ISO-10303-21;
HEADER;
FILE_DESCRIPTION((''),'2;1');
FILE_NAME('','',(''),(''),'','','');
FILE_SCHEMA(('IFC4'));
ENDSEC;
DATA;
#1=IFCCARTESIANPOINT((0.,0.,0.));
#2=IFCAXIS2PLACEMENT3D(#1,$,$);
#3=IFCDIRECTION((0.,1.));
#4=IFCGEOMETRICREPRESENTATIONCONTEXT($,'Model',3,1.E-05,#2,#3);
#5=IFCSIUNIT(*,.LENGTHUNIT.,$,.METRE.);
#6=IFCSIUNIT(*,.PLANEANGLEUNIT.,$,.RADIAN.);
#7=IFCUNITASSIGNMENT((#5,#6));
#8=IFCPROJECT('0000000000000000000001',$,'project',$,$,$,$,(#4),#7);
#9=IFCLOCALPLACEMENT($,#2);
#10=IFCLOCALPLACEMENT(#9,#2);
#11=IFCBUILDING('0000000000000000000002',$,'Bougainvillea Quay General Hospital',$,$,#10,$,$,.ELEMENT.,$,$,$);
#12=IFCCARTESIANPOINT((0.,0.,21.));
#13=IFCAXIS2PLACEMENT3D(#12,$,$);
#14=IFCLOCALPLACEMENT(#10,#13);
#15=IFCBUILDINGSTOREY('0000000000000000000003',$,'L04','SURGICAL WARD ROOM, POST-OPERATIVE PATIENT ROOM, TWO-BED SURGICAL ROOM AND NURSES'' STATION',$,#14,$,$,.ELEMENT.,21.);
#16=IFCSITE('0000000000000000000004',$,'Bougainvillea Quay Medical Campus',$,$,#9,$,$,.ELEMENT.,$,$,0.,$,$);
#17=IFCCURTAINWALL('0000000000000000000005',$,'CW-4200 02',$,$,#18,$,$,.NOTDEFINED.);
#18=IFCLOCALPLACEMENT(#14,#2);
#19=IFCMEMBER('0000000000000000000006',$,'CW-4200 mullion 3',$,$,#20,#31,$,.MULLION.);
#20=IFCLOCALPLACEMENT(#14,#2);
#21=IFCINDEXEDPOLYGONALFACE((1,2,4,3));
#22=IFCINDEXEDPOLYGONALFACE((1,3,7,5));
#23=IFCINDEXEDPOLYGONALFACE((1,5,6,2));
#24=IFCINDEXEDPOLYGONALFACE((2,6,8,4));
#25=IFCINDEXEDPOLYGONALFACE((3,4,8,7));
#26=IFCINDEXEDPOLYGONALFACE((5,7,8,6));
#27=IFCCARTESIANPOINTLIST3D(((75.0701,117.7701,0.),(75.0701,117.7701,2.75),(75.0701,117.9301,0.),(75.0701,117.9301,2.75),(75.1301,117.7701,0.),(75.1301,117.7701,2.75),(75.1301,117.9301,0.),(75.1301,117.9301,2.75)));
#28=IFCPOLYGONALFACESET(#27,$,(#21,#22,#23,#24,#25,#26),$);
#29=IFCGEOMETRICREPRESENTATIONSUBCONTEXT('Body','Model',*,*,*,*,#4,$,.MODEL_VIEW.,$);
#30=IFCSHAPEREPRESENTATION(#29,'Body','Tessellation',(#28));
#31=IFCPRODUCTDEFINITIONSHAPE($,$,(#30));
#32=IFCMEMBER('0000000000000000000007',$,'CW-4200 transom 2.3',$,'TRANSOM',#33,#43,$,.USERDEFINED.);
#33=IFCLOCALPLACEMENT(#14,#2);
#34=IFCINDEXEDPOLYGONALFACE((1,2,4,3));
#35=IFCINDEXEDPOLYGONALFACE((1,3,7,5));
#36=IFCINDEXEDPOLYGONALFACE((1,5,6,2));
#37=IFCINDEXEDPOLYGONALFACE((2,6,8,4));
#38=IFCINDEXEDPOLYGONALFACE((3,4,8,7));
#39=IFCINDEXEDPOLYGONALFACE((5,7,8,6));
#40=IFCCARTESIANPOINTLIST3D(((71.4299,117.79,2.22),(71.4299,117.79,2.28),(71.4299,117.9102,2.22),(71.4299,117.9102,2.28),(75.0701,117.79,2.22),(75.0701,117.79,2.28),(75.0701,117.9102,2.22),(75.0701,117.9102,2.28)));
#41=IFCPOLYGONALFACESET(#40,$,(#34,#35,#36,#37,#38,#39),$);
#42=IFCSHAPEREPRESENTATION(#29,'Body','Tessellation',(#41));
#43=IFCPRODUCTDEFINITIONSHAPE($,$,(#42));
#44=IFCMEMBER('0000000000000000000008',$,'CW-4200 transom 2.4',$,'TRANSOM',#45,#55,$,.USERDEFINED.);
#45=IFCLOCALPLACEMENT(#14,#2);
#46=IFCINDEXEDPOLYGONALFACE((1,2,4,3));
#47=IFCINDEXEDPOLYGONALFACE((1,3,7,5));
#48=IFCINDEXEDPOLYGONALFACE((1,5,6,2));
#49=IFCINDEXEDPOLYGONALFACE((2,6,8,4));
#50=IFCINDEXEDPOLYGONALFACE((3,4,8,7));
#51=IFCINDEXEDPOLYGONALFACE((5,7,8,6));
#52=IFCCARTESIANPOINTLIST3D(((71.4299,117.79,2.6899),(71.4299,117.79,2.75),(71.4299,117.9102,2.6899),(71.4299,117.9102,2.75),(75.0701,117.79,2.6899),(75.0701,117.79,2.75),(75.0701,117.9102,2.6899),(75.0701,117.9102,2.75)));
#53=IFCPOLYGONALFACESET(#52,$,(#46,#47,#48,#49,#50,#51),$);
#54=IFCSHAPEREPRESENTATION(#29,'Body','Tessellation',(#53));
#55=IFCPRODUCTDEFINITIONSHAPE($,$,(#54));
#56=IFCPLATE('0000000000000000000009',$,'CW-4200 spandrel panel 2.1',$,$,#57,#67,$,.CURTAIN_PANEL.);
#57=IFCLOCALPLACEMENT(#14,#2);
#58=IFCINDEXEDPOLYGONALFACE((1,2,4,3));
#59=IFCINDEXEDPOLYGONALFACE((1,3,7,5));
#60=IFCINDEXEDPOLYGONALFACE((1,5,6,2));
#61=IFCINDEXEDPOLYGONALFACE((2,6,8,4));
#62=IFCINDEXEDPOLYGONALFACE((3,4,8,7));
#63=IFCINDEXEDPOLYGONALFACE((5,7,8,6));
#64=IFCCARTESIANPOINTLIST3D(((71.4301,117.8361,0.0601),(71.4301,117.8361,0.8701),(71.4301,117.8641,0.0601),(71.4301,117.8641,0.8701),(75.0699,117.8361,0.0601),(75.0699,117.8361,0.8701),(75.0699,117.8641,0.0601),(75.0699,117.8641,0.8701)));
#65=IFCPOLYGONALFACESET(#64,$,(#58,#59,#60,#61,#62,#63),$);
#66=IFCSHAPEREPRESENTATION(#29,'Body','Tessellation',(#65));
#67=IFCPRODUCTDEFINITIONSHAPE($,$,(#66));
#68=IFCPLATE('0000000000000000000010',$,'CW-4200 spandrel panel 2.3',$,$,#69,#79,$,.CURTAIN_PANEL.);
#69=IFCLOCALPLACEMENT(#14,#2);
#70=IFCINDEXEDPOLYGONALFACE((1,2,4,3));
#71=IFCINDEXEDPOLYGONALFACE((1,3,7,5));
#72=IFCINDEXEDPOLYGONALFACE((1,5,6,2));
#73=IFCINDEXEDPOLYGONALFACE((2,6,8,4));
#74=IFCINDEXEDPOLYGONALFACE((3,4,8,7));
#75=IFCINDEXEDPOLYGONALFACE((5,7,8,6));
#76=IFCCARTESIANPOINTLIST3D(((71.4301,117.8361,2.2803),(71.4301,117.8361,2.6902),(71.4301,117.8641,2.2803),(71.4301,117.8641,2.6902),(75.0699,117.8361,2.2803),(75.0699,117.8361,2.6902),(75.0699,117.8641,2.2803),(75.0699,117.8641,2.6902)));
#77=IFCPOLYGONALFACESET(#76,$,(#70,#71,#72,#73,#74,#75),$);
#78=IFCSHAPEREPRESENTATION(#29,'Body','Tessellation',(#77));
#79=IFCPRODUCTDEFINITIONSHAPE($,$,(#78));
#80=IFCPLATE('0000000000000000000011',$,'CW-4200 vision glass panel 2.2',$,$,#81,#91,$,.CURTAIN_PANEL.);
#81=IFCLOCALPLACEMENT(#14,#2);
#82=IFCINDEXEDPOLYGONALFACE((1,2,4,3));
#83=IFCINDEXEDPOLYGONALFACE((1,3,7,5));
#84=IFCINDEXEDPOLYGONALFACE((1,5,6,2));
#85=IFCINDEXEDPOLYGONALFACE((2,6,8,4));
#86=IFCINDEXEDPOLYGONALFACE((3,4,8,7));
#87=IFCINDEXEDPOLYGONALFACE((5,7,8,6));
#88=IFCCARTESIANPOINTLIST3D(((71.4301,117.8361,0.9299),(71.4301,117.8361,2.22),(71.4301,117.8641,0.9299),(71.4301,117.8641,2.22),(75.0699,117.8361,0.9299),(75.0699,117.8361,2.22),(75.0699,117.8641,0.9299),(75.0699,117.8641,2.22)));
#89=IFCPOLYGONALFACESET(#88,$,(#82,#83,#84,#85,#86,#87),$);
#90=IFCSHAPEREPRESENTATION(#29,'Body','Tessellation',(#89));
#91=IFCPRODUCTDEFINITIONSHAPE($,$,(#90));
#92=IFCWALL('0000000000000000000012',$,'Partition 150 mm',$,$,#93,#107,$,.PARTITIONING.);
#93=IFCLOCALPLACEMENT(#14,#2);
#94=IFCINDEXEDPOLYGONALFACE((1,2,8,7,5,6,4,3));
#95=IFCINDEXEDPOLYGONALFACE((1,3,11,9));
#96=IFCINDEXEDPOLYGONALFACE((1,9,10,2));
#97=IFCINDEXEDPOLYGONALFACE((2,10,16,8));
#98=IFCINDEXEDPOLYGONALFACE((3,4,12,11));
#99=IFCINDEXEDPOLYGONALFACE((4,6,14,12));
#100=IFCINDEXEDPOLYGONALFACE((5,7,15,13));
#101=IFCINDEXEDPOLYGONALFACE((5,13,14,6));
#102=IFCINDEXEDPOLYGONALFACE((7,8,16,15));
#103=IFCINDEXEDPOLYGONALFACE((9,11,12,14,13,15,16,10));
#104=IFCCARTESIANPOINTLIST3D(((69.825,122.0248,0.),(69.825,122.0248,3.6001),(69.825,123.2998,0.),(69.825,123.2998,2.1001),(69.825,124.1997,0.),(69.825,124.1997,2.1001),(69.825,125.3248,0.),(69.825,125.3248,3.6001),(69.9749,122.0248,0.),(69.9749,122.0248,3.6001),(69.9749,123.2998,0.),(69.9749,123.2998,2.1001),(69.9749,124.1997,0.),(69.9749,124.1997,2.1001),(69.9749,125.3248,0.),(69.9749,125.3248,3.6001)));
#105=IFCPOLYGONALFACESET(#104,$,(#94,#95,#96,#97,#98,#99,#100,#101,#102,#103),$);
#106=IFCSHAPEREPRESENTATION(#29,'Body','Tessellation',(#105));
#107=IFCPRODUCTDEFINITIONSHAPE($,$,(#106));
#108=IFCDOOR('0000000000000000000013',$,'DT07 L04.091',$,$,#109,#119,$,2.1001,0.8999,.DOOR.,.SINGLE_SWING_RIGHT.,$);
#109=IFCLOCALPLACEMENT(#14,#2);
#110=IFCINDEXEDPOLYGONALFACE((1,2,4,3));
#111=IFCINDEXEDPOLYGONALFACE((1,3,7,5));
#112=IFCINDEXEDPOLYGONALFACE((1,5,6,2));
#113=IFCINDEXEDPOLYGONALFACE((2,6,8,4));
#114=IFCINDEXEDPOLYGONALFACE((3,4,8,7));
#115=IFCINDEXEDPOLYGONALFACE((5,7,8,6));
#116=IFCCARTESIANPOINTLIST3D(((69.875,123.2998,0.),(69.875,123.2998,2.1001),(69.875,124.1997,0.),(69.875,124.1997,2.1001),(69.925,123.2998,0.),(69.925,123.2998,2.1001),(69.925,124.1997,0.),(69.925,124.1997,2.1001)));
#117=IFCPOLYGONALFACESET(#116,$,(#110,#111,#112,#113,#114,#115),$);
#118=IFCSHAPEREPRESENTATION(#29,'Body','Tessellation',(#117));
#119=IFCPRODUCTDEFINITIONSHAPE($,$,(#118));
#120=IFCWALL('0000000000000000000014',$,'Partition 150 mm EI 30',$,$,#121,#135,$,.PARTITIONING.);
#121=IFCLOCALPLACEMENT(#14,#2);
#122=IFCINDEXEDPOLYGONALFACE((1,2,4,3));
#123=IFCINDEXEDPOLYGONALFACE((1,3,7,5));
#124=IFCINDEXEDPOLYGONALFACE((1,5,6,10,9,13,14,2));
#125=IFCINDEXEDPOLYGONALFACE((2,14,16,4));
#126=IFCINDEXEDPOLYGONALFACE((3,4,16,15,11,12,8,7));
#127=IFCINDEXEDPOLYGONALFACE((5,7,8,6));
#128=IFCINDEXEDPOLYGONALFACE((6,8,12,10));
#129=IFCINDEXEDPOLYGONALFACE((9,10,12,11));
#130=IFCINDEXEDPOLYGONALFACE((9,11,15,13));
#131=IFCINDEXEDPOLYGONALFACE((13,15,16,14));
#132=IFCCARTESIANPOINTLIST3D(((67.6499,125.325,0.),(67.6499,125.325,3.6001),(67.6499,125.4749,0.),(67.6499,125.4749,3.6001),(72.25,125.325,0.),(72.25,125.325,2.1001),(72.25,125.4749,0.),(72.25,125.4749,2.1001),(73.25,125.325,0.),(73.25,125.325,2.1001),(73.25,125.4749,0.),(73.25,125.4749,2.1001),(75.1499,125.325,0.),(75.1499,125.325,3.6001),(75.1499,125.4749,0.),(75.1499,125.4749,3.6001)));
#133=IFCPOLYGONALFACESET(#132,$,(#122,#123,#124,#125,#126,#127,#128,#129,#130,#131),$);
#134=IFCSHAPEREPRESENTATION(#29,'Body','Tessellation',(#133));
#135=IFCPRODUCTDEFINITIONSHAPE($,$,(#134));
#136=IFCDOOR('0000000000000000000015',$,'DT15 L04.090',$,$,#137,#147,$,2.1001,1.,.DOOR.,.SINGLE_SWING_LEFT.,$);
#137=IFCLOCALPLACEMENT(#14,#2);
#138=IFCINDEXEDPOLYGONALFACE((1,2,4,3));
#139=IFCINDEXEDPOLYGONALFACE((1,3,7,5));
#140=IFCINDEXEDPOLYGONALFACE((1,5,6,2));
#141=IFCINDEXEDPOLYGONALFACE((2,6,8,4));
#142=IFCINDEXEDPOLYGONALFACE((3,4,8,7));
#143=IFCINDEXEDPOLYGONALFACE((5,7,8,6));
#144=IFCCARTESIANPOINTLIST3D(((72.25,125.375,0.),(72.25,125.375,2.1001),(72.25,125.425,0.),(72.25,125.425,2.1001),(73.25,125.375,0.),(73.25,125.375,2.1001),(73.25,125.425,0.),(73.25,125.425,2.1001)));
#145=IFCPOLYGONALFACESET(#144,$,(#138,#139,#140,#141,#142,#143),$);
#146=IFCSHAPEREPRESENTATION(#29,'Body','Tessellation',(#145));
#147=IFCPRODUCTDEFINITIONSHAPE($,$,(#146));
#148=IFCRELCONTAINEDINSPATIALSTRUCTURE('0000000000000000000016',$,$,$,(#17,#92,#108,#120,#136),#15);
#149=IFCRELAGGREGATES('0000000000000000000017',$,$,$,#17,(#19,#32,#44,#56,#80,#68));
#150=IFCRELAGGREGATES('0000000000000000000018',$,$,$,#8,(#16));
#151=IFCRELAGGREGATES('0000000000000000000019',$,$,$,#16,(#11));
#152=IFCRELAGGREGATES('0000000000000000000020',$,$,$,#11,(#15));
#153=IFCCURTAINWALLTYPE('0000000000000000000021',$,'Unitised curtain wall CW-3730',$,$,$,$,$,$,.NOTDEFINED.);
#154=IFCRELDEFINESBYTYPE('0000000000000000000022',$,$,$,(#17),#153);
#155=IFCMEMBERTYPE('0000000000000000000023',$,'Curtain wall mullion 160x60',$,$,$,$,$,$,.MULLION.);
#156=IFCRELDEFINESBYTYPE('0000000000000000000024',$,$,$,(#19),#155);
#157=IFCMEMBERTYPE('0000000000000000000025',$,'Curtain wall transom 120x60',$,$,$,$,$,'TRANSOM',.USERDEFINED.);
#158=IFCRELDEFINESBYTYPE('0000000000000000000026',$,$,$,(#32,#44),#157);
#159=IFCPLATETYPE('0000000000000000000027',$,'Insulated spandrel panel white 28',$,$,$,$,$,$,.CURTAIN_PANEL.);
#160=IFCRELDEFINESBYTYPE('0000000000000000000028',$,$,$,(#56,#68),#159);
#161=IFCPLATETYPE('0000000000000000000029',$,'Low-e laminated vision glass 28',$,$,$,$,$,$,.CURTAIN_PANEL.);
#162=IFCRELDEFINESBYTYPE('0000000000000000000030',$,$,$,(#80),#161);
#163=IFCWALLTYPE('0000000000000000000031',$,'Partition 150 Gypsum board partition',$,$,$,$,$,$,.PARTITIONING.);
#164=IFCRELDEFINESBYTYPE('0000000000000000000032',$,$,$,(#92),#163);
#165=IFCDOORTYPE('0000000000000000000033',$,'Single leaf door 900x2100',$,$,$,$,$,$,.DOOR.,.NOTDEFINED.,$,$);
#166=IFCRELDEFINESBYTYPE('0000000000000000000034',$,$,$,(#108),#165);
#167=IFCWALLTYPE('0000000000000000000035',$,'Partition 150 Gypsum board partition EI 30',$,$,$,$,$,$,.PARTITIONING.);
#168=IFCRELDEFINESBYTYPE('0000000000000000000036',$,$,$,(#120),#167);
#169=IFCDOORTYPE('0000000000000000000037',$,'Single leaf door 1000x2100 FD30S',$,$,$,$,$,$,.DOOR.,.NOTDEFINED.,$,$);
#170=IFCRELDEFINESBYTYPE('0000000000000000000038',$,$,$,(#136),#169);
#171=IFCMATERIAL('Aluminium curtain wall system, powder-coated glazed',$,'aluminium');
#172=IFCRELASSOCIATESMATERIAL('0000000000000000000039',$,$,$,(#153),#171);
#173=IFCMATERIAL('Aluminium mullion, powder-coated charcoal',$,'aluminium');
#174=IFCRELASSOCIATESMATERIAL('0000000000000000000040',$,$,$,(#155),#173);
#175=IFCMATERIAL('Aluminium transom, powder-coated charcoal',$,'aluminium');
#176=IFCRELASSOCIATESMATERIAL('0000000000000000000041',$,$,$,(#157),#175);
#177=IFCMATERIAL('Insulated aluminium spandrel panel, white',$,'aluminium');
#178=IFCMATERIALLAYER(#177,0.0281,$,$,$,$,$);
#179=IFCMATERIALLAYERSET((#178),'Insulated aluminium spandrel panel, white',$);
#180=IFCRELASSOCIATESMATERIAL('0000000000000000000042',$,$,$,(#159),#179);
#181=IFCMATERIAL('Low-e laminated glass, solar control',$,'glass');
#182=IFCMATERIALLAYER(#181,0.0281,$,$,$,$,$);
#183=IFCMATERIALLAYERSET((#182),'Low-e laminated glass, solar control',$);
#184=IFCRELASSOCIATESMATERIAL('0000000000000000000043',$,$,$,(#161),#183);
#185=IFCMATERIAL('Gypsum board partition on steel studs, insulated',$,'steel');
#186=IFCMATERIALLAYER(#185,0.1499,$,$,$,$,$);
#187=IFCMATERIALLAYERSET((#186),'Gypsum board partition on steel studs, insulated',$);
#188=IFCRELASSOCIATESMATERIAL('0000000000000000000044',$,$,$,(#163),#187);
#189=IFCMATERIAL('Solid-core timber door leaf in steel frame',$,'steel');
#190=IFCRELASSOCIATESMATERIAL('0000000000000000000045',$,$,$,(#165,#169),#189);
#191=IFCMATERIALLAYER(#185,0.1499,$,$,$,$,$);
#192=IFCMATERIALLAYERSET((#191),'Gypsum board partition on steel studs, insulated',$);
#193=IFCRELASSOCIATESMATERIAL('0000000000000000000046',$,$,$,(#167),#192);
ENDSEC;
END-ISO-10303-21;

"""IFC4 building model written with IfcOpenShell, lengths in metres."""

from ifc_helpers import new_model, si_unit, direction, frame, frame_2d, origin, origin_2d, place, context, subcontext, project, spatial, rectangle, extrude, material, layer, layer_set, material_profile, profile_set, type_object, element, fill, aggregate, save


model = new_model("IFC4")

# Units and contexts
model_context = context("Model", 3, precision=1e-05, world=origin(), true_north=direction((0.0, 1.0)))
body_context = subcontext(model_context, "Body", "Model", "MODEL_VIEW")
ifc_project = project(units=[si_unit("LENGTHUNIT", "METRE"), si_unit("PLANEANGLEUNIT", "RADIAN")], contexts=[model_context])

# Site, building, storey
site_placement = place(None, origin())
site = spatial("IfcSite", under=ifc_project, at=site_placement, Name="Bougainvillea Quay Medical Campus", CompositionType="ELEMENT", RefElevation=0.0)
building_placement = place(site_placement, origin())
building = spatial("IfcBuilding", under=site, at=building_placement, Name="Bougainvillea Quay General Hospital", CompositionType="ELEMENT")
storey_placement = place(building_placement, frame((0.0, 0.0, 21.0)))
storey = spatial("IfcBuildingStorey", under=building, at=storey_placement, Name="L04", Description="SURGICAL WARD ROOM, POST-OPERATIVE PATIENT ROOM, TWO-BED SURGICAL ROOM AND NURSES' STATION", CompositionType="ELEMENT", Elevation=21.0)

# Curtain wall, members, plates
ifc_material_1 = material(Name="Aluminium curtain wall system, powder-coated glazed", Category="aluminium")
curtain_wall_type = type_object("IfcCurtainWallType", Name="Unitised curtain wall CW-3730", PredefinedType="NOTDEFINED", material=ifc_material_1)
curtain_wall_placement = place(storey_placement, origin())
curtain_wall = element("IfcCurtainWall", 1, at=curtain_wall_placement, inside=storey, type_object=curtain_wall_type, Name="CW-4200 02", PredefinedType="NOTDEFINED")
ifc_material_2 = material(Name="Aluminium mullion, powder-coated charcoal", Category="aluminium")
ifc_material_profile_1 = material_profile(ifc_material_2, rectangle(XDim=0.1599, YDim=0.0601, at=origin_2d()))
ifc_profile_set_1 = profile_set([ifc_material_profile_1], Name="Aluminium mullion, powder-coated charcoal")
member_type_1 = type_object("IfcMemberType", Name="Curtain wall mullion 160x60", PredefinedType="MULLION", material=ifc_profile_set_1)
member_1_placement = place(storey_placement, frame((75.1001, 117.8501, 0.0), z_axis=(0.0, 0.0, 1.0), x_axis=(0.0, 1.0, 0.0)))
member_1 = element("IfcMember", 2, at=member_1_placement, type_object=member_type_1, Name="CW-4200 mullion 3", PredefinedType="MULLION", context=body_context, shape_type="SweptSolid", body=[
    extrude(rectangle(XDim=0.1599, YDim=0.0601, at=origin_2d()), origin(), (0.0, 0.0, 1.0), 2.75),
])
ifc_material_3 = material(Name="Aluminium transom, powder-coated charcoal", Category="aluminium")
ifc_material_profile_2 = material_profile(ifc_material_3, rectangle(XDim=0.1201, YDim=0.0601, at=origin_2d()))
ifc_profile_set_2 = profile_set([ifc_material_profile_2], Name="Aluminium transom, powder-coated charcoal")
member_type_2 = type_object("IfcMemberType", Name="Curtain wall transom 120x60", ElementType="TRANSOM", PredefinedType="USERDEFINED", material=ifc_profile_set_2)
member_2_placement = place(storey_placement, frame((71.4299, 117.8501, 2.25), z_axis=(1.0, 0.0, 0.0), x_axis=(0.0, 1.0, 0.0)))
member_2 = element("IfcMember", 3, at=member_2_placement, type_object=member_type_2, Name="CW-4200 transom 2.3", ObjectType="TRANSOM", PredefinedType="USERDEFINED", context=body_context, shape_type="SweptSolid", body=[
    extrude(rectangle(XDim=0.1201, YDim=0.0601, at=origin_2d()), origin(), (0.0, 0.0, 1.0), 3.6401),
])
member_3_placement = place(storey_placement, frame((71.4299, 117.8501, 2.72), z_axis=(1.0, 0.0, 0.0), x_axis=(0.0, 1.0, 0.0)))
member_3 = element("IfcMember", 4, at=member_3_placement, type_object=member_type_2, Name="CW-4200 transom 2.4", ObjectType="TRANSOM", PredefinedType="USERDEFINED", context=body_context, shape_type="SweptSolid", body=[
    extrude(rectangle(XDim=0.1201, YDim=0.0601, at=origin_2d()), origin(), (0.0, 0.0, 1.0), 3.6401),
])
ifc_material_4 = material(Name="Insulated aluminium spandrel panel, white", Category="aluminium")
ifc_layer_1 = layer(ifc_material_4, 0.0281)
ifc_layer_set_1 = layer_set([ifc_layer_1], Name="Insulated aluminium spandrel panel, white")
plate_type_1 = type_object("IfcPlateType", Name="Insulated spandrel panel white 28", PredefinedType="CURTAIN_PANEL", material=ifc_layer_set_1)
plate_1_placement = place(storey_placement, frame((73.25, 117.8501, 0.0601), z_axis=(0.0, 0.0, 1.0), x_axis=(1.0, 0.0, 0.0)))
plate_1 = element("IfcPlate", 5, at=plate_1_placement, type_object=plate_type_1, Name="CW-4200 spandrel panel 2.1", PredefinedType="CURTAIN_PANEL", context=body_context, shape_type="SweptSolid", body=[
    extrude(rectangle(XDim=3.6399, YDim=0.0281, at=origin_2d()), origin(), (0.0, 0.0, 1.0), 0.8101),
])
plate_2_placement = place(storey_placement, frame((73.25, 117.8501, 2.2803), z_axis=(0.0, 0.0, 1.0), x_axis=(1.0, 0.0, 0.0)))
plate_2 = element("IfcPlate", 6, at=plate_2_placement, type_object=plate_type_1, Name="CW-4200 spandrel panel 2.3", PredefinedType="CURTAIN_PANEL", context=body_context, shape_type="SweptSolid", body=[
    extrude(rectangle(XDim=3.6399, YDim=0.0281, at=origin_2d()), origin(), (0.0, 0.0, 1.0), 0.4099),
])
ifc_material_5 = material(Name="Low-e laminated glass, solar control", Category="glass")
ifc_layer_2 = layer(ifc_material_5, 0.0281)
ifc_layer_set_2 = layer_set([ifc_layer_2], Name="Low-e laminated glass, solar control")
plate_type_2 = type_object("IfcPlateType", Name="Low-e laminated vision glass 28", PredefinedType="CURTAIN_PANEL", material=ifc_layer_set_2)
plate_3_placement = place(storey_placement, frame((73.25, 117.8501, 0.9299), z_axis=(0.0, 0.0, 1.0), x_axis=(1.0, 0.0, 0.0)))
plate_3 = element("IfcPlate", 7, at=plate_3_placement, type_object=plate_type_2, Name="CW-4200 vision glass panel 2.2", PredefinedType="CURTAIN_PANEL", context=body_context, shape_type="SweptSolid", body=[
    extrude(rectangle(XDim=3.6399, YDim=0.0281, at=origin_2d()), origin(), (0.0, 0.0, 1.0), 1.29),
])
aggregate(curtain_wall, [member_1, member_2, member_3, plate_1, plate_3, plate_2])

# Walls, openings, doors
ifc_material_6 = material(Name="Gypsum board partition on steel studs, insulated", Category="steel")
ifc_layer_3 = layer(ifc_material_6, 0.1499)
ifc_layer_set_3 = layer_set([ifc_layer_3], Name="Gypsum board partition on steel studs, insulated")
wall_type_1 = type_object("IfcWallType", Name="Partition 150 Gypsum board partition", PredefinedType="PARTITIONING", material=ifc_layer_set_3)
wall_1_placement = place(storey_placement, frame((69.8999, 122.0249, 0.0), z_axis=(0.0, 0.0, 1.0), x_axis=(0.0, 1.0, 0.0)))
wall_1 = element("IfcWall", 8, at=wall_1_placement, inside=storey, type_object=wall_type_1, Name="Partition 150 mm", PredefinedType="PARTITIONING", context=body_context, shape_type="SweptSolid", body=[
    extrude(rectangle(XDim=3.3, YDim=0.1499, at=frame_2d((1.6499, 0.0))), origin(), (0.0, 0.0, 1.0), 3.6001),
])
opening_1_placement = place(wall_1_placement, frame((1.2749, 0.0, 0.0)))
opening_1 = element("IfcOpeningElement", 9, at=opening_1_placement, cuts=wall_1, PredefinedType="OPENING", context=body_context, shape_type="SweptSolid", body=[
    extrude(rectangle(XDim=0.8999, YDim=2.1001, at=frame_2d((0.45, 1.05))), frame((0.0, 0.085, 0.0), z_axis=(0.0, -1.0, 0.0), x_axis=(1.0, 0.0, 0.0)), (0.0, 0.0, 1.0), 0.1699),
])
ifc_material_7 = material(Name="Solid-core timber door leaf in steel frame", Category="steel")
door_type_1 = type_object("IfcDoorType", Name="Single leaf door 900x2100", OperationType="NOTDEFINED", PredefinedType="DOOR", material=ifc_material_7)
door_1_placement = place(opening_1_placement, origin())
door_1 = element("IfcDoor", 10, at=door_1_placement, inside=storey, type_object=door_type_1, Name="DT07 L04.091", OperationType="SINGLE_SWING_RIGHT", OverallHeight=2.1001, OverallWidth=0.8999, PredefinedType="DOOR", context=body_context, shape_type="SweptSolid", body=[
    extrude(rectangle(XDim=0.8999, YDim=2.1001, at=frame_2d((0.45, 1.05))), frame((0.0, 0.0249, 0.0), z_axis=(0.0, -1.0, 0.0), x_axis=(1.0, 0.0, 0.0)), (0.0, 0.0, 1.0), 0.05),
])
fill(opening_1, door_1)
ifc_layer_4 = layer(ifc_material_6, 0.1499)
ifc_layer_set_4 = layer_set([ifc_layer_4], Name="Gypsum board partition on steel studs, insulated")
wall_type_2 = type_object("IfcWallType", Name="Partition 150 Gypsum board partition EI 30", PredefinedType="PARTITIONING", material=ifc_layer_set_4)
wall_2_placement = place(storey_placement, frame((67.6499, 125.3999, 0.0), z_axis=(0.0, 0.0, 1.0), x_axis=(1.0, 0.0, 0.0)))
wall_2 = element("IfcWall", 11, at=wall_2_placement, inside=storey, type_object=wall_type_2, Name="Partition 150 mm EI 30", PredefinedType="PARTITIONING", context=body_context, shape_type="SweptSolid", body=[
    extrude(rectangle(XDim=7.5, YDim=0.1499, at=frame_2d((3.75, 0.0))), origin(), (0.0, 0.0, 1.0), 3.6001),
])
opening_2_placement = place(wall_2_placement, frame((4.6001, 0.0, 0.0)))
opening_2 = element("IfcOpeningElement", 12, at=opening_2_placement, cuts=wall_2, PredefinedType="OPENING", context=body_context, shape_type="SweptSolid", body=[
    extrude(rectangle(XDim=1.0, YDim=2.1001, at=frame_2d((0.5, 1.05))), frame((0.0, 0.085, 0.0), z_axis=(0.0, -1.0, 0.0), x_axis=(1.0, 0.0, 0.0)), (0.0, 0.0, 1.0), 0.1699),
])
door_type_2 = type_object("IfcDoorType", Name="Single leaf door 1000x2100 FD30S", OperationType="NOTDEFINED", PredefinedType="DOOR", material=ifc_material_7)
door_2_placement = place(opening_2_placement, frame((1.0, 0.0, 0.0), z_axis=(0.0, 0.0, 1.0), x_axis=(-1.0, 0.0, 0.0)))
door_2 = element("IfcDoor", 13, at=door_2_placement, inside=storey, type_object=door_type_2, Name="DT15 L04.090", OperationType="SINGLE_SWING_LEFT", OverallHeight=2.1001, OverallWidth=1.0, PredefinedType="DOOR", context=body_context, shape_type="SweptSolid", body=[
    extrude(rectangle(XDim=1.0, YDim=2.1001, at=frame_2d((0.5, 1.05))), frame((0.0, 0.0249, 0.0), z_axis=(0.0, -1.0, 0.0), x_axis=(1.0, 0.0, 0.0)), (0.0, 0.0, 1.0), 0.05),
])
fill(opening_2, door_2)

save(model, "model.ifc")
